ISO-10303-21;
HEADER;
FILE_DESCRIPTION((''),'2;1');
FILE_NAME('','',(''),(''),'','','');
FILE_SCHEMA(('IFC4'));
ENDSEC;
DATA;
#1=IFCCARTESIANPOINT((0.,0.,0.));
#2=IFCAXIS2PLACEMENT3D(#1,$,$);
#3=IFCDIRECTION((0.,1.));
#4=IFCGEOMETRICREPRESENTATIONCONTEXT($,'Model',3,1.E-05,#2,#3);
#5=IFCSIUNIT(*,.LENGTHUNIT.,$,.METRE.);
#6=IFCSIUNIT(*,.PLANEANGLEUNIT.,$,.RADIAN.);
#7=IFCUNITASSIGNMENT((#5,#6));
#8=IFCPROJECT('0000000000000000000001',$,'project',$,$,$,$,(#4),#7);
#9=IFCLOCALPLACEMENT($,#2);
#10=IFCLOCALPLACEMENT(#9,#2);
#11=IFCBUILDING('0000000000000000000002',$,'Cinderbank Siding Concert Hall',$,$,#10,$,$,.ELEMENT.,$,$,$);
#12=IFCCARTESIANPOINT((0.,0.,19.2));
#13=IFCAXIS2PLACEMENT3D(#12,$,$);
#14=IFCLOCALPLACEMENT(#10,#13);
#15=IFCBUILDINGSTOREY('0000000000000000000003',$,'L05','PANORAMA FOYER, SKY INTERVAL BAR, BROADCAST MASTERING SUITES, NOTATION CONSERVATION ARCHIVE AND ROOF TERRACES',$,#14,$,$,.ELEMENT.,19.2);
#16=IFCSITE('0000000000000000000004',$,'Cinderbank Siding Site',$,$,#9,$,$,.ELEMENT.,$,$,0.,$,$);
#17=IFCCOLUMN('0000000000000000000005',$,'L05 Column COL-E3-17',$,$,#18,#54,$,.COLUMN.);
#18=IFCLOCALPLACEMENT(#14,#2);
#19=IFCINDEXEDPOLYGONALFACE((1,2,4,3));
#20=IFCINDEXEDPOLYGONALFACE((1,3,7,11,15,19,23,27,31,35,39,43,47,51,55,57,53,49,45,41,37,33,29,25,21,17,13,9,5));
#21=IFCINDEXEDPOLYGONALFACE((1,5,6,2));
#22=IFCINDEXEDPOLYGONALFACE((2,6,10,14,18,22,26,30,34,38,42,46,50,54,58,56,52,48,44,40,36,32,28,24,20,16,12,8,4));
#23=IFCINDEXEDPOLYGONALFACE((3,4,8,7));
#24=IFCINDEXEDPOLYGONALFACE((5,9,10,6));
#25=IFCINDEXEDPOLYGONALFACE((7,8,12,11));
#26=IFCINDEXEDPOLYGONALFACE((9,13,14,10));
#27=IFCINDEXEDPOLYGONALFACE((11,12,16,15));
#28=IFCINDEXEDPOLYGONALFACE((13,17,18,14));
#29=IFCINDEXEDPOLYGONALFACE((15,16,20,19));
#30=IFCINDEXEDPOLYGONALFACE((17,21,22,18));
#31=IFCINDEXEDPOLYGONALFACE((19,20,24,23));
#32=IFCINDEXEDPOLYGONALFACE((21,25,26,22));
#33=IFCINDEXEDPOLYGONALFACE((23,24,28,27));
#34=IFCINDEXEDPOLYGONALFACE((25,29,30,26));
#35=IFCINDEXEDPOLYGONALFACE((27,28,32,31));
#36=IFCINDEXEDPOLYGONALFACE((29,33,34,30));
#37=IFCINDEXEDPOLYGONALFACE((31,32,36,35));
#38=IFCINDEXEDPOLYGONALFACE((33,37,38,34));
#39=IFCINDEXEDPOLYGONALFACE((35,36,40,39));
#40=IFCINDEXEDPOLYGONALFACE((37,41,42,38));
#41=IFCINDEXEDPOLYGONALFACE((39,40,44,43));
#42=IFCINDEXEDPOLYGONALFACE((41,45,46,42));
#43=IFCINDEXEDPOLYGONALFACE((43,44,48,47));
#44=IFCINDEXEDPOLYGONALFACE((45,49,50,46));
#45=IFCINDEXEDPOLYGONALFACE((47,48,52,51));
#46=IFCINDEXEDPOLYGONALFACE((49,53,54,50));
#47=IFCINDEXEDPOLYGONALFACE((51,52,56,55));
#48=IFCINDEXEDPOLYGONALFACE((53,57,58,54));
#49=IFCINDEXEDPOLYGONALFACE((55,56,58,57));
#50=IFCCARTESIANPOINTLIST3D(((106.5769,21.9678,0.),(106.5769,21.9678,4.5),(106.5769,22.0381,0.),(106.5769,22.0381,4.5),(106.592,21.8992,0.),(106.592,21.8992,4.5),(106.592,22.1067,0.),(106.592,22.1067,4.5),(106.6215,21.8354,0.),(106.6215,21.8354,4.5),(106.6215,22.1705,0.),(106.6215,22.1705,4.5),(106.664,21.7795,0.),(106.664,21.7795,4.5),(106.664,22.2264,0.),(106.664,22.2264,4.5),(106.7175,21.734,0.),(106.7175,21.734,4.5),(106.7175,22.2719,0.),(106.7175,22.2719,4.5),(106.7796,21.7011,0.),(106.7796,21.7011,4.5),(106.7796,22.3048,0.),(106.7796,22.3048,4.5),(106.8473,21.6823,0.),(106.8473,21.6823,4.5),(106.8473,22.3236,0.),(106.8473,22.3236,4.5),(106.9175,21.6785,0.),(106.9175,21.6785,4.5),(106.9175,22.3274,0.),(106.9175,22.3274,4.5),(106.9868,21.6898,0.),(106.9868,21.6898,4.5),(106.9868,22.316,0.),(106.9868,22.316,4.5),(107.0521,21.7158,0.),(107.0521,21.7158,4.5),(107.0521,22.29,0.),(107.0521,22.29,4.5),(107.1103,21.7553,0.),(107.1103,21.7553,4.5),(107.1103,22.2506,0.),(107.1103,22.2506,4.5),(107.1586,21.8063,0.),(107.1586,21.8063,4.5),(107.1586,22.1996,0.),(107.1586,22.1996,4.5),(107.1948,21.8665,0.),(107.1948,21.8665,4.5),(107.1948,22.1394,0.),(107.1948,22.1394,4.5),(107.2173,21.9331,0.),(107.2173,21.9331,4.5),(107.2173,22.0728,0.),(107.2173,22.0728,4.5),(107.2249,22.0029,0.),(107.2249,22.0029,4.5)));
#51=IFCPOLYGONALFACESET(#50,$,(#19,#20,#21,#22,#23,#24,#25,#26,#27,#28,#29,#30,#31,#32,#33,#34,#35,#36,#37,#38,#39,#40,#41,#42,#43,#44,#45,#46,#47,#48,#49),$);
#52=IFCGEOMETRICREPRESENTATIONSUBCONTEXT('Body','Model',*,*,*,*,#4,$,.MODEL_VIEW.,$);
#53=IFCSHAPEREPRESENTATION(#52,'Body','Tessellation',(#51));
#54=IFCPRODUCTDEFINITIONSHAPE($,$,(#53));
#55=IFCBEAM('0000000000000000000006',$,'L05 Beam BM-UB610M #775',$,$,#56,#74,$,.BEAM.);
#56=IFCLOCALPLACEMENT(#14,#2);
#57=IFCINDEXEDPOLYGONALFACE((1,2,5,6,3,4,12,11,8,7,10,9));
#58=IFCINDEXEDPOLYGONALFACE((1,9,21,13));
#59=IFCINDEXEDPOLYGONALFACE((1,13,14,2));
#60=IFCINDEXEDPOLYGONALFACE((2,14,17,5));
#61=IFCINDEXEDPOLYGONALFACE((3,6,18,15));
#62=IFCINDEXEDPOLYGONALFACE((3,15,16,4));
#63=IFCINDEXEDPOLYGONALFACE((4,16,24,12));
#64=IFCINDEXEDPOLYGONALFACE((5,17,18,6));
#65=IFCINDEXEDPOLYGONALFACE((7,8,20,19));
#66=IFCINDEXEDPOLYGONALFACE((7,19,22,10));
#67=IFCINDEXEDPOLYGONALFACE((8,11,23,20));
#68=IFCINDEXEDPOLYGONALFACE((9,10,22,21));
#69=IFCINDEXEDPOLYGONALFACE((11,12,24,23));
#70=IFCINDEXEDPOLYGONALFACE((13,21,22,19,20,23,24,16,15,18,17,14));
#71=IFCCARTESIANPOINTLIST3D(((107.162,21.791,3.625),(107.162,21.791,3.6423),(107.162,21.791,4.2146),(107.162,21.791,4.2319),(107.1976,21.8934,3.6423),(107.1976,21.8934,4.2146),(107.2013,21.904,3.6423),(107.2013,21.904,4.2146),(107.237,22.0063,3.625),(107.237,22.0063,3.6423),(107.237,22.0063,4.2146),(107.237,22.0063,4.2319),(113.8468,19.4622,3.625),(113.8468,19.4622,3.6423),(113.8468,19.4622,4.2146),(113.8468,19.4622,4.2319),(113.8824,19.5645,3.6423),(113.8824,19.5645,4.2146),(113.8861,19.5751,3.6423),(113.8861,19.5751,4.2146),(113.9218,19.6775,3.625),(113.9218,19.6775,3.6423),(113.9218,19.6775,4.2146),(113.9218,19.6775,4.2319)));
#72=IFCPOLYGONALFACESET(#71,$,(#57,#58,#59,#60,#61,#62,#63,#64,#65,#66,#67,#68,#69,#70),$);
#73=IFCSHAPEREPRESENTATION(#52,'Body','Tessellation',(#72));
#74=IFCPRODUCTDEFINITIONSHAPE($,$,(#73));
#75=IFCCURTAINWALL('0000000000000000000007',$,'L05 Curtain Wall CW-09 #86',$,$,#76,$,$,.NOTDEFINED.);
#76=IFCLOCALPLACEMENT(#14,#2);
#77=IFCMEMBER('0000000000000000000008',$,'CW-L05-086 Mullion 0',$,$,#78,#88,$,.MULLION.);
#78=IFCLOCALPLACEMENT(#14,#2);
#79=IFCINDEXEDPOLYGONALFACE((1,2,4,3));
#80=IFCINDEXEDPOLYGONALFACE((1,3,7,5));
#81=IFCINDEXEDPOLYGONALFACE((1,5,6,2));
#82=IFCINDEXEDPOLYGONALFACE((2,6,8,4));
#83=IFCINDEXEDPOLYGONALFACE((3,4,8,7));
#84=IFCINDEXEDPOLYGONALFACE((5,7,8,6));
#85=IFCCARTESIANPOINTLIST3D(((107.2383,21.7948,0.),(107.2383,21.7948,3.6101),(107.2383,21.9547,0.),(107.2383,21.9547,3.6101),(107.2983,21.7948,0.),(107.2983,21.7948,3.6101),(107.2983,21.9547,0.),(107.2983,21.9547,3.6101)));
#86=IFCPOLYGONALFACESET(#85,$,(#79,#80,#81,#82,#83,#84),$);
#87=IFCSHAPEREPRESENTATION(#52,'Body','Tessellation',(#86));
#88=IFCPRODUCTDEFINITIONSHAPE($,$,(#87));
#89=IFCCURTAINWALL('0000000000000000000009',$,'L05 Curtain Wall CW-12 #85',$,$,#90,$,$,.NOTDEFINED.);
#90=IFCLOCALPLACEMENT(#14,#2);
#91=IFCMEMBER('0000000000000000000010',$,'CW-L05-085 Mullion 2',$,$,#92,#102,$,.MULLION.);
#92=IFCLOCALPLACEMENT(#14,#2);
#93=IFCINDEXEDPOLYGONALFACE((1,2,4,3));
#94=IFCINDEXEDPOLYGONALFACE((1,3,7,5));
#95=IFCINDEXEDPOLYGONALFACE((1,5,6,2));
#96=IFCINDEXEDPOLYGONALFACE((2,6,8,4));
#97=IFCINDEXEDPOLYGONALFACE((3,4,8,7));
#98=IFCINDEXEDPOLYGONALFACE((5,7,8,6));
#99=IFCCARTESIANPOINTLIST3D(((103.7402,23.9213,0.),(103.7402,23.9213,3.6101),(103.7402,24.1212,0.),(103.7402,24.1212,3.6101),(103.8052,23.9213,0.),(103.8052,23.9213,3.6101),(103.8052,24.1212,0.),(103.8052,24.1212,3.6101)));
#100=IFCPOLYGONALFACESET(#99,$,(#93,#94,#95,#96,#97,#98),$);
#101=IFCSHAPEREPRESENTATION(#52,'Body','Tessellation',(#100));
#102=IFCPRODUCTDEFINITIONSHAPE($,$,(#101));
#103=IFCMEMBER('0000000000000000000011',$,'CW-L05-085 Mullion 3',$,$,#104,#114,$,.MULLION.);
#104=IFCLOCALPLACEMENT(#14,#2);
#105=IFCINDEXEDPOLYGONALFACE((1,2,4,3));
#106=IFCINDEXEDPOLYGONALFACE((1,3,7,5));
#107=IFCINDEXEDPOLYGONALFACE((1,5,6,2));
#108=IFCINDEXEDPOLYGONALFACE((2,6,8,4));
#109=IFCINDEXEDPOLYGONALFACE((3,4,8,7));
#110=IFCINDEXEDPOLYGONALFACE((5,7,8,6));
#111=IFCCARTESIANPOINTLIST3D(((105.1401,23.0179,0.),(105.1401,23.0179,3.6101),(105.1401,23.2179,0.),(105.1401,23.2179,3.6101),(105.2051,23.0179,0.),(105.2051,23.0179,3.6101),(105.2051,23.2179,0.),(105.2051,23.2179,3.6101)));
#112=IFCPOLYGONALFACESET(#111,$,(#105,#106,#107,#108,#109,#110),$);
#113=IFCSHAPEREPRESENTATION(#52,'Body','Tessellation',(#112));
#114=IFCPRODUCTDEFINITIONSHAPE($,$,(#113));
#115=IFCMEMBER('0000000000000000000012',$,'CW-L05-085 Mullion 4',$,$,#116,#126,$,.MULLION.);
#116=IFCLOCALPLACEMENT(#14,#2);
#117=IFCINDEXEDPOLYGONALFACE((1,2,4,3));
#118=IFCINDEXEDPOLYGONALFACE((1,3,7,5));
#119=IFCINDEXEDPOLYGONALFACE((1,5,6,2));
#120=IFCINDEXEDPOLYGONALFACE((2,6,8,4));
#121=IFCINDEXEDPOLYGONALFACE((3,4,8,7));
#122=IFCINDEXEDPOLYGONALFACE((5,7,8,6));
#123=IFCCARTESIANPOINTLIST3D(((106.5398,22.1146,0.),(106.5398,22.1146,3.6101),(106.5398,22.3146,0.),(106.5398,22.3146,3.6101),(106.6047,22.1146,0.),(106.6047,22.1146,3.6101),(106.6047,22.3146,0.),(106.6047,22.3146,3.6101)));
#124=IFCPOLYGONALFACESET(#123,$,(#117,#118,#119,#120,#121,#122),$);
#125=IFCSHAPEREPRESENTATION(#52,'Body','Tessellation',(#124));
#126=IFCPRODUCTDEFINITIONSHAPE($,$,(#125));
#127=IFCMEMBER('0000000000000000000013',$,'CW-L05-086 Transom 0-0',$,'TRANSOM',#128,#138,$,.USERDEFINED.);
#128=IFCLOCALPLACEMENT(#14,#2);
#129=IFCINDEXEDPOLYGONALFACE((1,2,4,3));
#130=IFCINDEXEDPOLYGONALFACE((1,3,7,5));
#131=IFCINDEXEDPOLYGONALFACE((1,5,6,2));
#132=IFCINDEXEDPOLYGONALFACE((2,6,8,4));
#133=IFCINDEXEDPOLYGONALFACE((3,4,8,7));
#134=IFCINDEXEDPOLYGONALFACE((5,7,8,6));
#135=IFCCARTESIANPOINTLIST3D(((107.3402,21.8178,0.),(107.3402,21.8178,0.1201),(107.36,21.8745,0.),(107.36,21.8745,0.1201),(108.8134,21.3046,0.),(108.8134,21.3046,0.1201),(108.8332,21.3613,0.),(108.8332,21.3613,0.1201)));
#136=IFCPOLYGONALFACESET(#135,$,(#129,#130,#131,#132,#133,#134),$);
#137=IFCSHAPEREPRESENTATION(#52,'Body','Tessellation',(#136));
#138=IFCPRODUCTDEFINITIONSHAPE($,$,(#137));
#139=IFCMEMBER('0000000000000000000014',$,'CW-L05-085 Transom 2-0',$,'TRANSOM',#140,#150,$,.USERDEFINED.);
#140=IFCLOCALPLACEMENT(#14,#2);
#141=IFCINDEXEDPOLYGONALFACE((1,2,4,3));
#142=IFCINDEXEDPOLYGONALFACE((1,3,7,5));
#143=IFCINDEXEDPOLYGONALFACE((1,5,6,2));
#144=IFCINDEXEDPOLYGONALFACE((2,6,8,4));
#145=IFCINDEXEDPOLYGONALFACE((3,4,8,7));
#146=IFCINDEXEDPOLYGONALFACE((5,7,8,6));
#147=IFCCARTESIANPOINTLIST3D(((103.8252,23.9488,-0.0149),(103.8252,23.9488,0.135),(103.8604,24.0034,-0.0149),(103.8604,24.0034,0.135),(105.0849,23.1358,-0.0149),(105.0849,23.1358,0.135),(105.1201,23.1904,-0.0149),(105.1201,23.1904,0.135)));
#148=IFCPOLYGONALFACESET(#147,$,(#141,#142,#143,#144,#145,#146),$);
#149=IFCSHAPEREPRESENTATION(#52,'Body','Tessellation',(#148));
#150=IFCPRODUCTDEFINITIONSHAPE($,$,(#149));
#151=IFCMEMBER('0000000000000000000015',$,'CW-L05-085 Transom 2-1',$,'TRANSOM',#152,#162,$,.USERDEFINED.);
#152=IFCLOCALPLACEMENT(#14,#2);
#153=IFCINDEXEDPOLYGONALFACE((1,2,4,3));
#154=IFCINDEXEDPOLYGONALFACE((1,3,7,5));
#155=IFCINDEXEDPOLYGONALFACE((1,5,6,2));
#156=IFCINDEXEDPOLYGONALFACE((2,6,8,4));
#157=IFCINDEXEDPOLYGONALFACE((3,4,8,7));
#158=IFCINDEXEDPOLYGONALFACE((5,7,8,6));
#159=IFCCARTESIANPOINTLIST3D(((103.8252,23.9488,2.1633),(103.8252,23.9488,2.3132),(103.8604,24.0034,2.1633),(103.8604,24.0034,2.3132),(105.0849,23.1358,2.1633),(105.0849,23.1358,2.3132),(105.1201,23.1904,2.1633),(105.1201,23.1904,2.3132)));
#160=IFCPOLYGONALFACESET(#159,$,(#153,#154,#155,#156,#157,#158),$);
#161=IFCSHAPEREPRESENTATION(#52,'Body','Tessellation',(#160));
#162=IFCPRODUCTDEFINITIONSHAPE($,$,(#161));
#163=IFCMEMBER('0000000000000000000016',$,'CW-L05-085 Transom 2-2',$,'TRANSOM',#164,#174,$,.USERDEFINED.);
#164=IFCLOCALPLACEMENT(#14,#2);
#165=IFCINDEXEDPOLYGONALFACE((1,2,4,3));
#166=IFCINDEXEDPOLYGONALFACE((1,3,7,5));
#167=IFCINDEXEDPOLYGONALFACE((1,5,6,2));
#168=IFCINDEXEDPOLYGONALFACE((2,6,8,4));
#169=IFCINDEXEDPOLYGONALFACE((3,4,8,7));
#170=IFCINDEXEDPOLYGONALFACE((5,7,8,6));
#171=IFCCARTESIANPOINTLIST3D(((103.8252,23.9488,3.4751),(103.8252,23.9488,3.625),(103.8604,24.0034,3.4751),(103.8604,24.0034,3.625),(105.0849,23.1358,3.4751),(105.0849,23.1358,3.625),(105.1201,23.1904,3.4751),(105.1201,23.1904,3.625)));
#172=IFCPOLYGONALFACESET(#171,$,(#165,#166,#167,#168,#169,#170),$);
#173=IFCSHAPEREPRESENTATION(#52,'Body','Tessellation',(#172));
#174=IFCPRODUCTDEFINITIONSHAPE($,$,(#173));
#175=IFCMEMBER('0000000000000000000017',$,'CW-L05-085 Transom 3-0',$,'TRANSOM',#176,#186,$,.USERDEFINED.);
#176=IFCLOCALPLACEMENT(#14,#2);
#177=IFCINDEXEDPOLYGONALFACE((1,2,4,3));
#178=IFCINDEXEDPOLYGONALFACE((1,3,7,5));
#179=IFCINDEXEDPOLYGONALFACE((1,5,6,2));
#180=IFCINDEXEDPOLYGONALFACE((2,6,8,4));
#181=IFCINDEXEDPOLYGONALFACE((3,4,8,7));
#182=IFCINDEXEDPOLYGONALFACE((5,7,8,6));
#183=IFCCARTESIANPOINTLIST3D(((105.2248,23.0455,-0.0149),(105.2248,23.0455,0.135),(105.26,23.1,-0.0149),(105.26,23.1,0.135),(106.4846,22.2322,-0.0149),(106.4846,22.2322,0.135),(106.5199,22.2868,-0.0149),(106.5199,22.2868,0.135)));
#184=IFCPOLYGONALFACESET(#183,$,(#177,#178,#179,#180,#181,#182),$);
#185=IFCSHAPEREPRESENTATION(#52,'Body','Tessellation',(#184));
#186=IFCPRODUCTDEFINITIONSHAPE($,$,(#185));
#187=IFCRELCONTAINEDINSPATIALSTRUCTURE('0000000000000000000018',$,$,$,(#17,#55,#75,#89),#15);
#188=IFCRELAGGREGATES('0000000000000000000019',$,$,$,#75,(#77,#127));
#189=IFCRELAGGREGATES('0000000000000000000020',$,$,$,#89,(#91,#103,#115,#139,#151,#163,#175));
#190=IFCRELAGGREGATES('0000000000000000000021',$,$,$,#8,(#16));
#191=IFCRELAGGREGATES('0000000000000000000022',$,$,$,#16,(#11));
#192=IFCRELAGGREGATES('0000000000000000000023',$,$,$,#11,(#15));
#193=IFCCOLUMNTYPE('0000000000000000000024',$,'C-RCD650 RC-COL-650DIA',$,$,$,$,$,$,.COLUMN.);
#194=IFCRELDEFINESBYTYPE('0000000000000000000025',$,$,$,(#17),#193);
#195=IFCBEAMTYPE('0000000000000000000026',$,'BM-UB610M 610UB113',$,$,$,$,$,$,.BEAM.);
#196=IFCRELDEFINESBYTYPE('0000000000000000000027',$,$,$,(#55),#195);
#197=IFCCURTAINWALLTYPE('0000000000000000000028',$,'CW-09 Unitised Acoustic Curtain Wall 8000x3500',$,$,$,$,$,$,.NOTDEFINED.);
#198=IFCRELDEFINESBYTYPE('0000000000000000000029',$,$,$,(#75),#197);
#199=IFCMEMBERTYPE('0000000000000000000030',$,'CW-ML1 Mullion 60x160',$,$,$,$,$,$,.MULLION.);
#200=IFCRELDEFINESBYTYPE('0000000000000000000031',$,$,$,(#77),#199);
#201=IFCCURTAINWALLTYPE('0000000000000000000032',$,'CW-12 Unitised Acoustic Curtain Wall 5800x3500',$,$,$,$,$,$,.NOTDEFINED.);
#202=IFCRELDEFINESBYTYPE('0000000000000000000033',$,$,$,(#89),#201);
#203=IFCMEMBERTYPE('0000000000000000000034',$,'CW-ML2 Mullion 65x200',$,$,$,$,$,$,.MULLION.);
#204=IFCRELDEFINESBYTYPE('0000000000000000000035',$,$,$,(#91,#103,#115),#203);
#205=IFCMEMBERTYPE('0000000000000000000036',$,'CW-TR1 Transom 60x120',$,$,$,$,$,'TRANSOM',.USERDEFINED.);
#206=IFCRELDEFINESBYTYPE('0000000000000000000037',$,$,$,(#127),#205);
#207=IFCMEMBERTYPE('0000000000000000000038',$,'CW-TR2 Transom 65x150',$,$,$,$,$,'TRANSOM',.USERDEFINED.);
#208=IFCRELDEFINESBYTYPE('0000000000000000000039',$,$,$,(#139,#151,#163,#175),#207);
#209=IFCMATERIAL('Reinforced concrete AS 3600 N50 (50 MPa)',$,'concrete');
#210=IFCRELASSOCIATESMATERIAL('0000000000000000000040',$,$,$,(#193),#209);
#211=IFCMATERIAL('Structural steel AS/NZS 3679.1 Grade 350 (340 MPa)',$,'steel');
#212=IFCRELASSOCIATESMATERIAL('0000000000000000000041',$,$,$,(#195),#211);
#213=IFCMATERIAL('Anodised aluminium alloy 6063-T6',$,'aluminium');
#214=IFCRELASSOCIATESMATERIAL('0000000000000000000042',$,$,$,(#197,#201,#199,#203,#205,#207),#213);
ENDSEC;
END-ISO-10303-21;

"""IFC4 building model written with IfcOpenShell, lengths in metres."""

from ifc_helpers import new_model, si_unit, direction, frame, origin, origin_2d, place, context, subcontext, project, spatial, rectangle, circle, i_section, extrude, material, material_profile, profile_set, type_object, element, aggregate, save


model = new_model("IFC4")

# Units and contexts
model_context = context("Model", 3, precision=1e-05, world=origin(), true_north=direction((0.0, 1.0)))
body_context = subcontext(model_context, "Body", "Model", "MODEL_VIEW")
ifc_project = project(units=[si_unit("LENGTHUNIT", "METRE"), si_unit("PLANEANGLEUNIT", "RADIAN")], contexts=[model_context])

# Site, building, storey
site_placement = place(None, origin())
site = spatial("IfcSite", under=ifc_project, at=site_placement, Name="Cinderbank Siding Site", CompositionType="ELEMENT", RefElevation=0.0)
building_placement = place(site_placement, origin())
building = spatial("IfcBuilding", under=site, at=building_placement, Name="Cinderbank Siding Concert Hall", CompositionType="ELEMENT")
storey_placement = place(building_placement, frame((0.0, 0.0, 19.2)))
storey = spatial("IfcBuildingStorey", under=building, at=storey_placement, Name="L05", Description="PANORAMA FOYER, SKY INTERVAL BAR, BROADCAST MASTERING SUITES, NOTATION CONSERVATION ARCHIVE AND ROOF TERRACES", CompositionType="ELEMENT", Elevation=19.2)

# Column
ifc_material_1 = material(Name="Reinforced concrete AS 3600 N50 (50 MPa)", Category="concrete")
ifc_material_profile_1 = material_profile(ifc_material_1, circle(Radius=0.325, at=origin_2d()), Name="RC-COL-650DIA", Category="LoadBearing")
ifc_profile_set_1 = profile_set([ifc_material_profile_1], Name="Reinforced concrete AS 3600 N50 (50 MPa)")
column_type = type_object("IfcColumnType", Name="C-RCD650 RC-COL-650DIA", PredefinedType="COLUMN", material=ifc_profile_set_1)
column_placement = place(storey_placement, frame((106.8999, 22.0029, 0.0), z_axis=(0.0, 0.0, 1.0), x_axis=(1.0, 0.0, 0.0)))
element("IfcColumn", 1, at=column_placement, inside=storey, type_object=column_type, Name="L05 Column COL-E3-17", PredefinedType="COLUMN", context=body_context, shape_type="SweptSolid", body=[
    extrude(circle(Radius=0.325, at=origin_2d()), origin(), (0.0, 0.0, 1.0), 4.5),
])

# Beam
ifc_material_2 = material(Name="Structural steel AS/NZS 3679.1 Grade 350 (340 MPa)", Category="steel")
ifc_material_profile_2 = material_profile(ifc_material_2, i_section(OverallWidth=0.228, OverallDepth=0.6069, WebThickness=0.0112, FlangeThickness=0.0173, at=origin_2d()), Name="610UB113", Category="LoadBearing")
ifc_profile_set_2 = profile_set([ifc_material_profile_2], Name="Structural steel AS/NZS 3679.1 Grade 350 (340 MPa)")
beam_type = type_object("IfcBeamType", Name="BM-UB610M 610UB113", PredefinedType="BEAM", material=ifc_profile_set_2)
beam_placement = place(storey_placement, frame((107.1995, 21.8987, 3.9285), z_axis=(0.944334, -0.328987, 0.0), x_axis=(0.328987, 0.944334, 0.0)))
element("IfcBeam", 2, at=beam_placement, inside=storey, type_object=beam_type, Name="L05 Beam BM-UB610M #775", PredefinedType="BEAM", context=body_context, shape_type="SweptSolid", body=[
    extrude(i_section(OverallWidth=0.228, OverallDepth=0.6069, WebThickness=0.0112, FlangeThickness=0.0173, at=origin_2d()), origin(), (0.0, 0.0, 1.0), 7.0789),
])

# Curtain wall, member
ifc_material_3 = material(Name="Anodised aluminium alloy 6063-T6", Category="aluminium")
curtain_wall_type_1 = type_object("IfcCurtainWallType", Name="CW-09 Unitised Acoustic Curtain Wall 8000x3500", PredefinedType="NOTDEFINED", material=ifc_material_3)
curtain_wall_1_placement = place(storey_placement, origin())
curtain_wall_1 = element("IfcCurtainWall", 3, at=curtain_wall_1_placement, inside=storey, type_object=curtain_wall_type_1, Name="L05 Curtain Wall CW-09 #86", PredefinedType="NOTDEFINED")
ifc_material_profile_3 = material_profile(ifc_material_3, rectangle(XDim=0.0601, YDim=0.1599, at=origin_2d()), Name="ALU-MULL-60x160", Category="LoadBearing")
ifc_profile_set_3 = profile_set([ifc_material_profile_3], Name="Anodised aluminium alloy 6063-T6")
member_type_1 = type_object("IfcMemberType", Name="CW-ML1 Mullion 60x160", PredefinedType="MULLION", material=ifc_profile_set_3)
member_1_placement = place(storey_placement, frame((107.2683, 21.8748, 0.0), z_axis=(0.0, 0.0, 1.0), x_axis=(1.0, 0.0, 0.0)))
member_1 = element("IfcMember", 4, at=member_1_placement, type_object=member_type_1, Name="CW-L05-086 Mullion 0", PredefinedType="MULLION", context=body_context, shape_type="SweptSolid", body=[
    extrude(rectangle(XDim=0.0601, YDim=0.1599, at=origin_2d()), origin(), (0.0, 0.0, 1.0), 3.6101),
])

# Curtain wall, members
curtain_wall_type_2 = type_object("IfcCurtainWallType", Name="CW-12 Unitised Acoustic Curtain Wall 5800x3500", PredefinedType="NOTDEFINED", material=ifc_material_3)
curtain_wall_2_placement = place(storey_placement, origin())
curtain_wall_2 = element("IfcCurtainWall", 5, at=curtain_wall_2_placement, inside=storey, type_object=curtain_wall_type_2, Name="L05 Curtain Wall CW-12 #85", PredefinedType="NOTDEFINED")
ifc_material_profile_4 = material_profile(ifc_material_3, rectangle(XDim=0.0649, YDim=0.2, at=origin_2d()), Name="ALU-MULL-65x200", Category="LoadBearing")
ifc_profile_set_4 = profile_set([ifc_material_profile_4], Name="Anodised aluminium alloy 6063-T6")
member_type_2 = type_object("IfcMemberType", Name="CW-ML2 Mullion 65x200", PredefinedType="MULLION", material=ifc_profile_set_4)
member_2_placement = place(storey_placement, frame((103.7727, 24.0212, 0.0), z_axis=(0.0, 0.0, 1.0), x_axis=(1.0, 0.0, 0.0)))
member_2 = element("IfcMember", 6, at=member_2_placement, type_object=member_type_2, Name="CW-L05-085 Mullion 2", PredefinedType="MULLION", context=body_context, shape_type="SweptSolid", body=[
    extrude(rectangle(XDim=0.0649, YDim=0.2, at=origin_2d()), origin(), (0.0, 0.0, 1.0), 3.6101),
])
member_3_placement = place(storey_placement, frame((105.1726, 23.1179, 0.0), z_axis=(0.0, 0.0, 1.0), x_axis=(1.0, 0.0, 0.0)))
member_3 = element("IfcMember", 7, at=member_3_placement, type_object=member_type_2, Name="CW-L05-085 Mullion 3", PredefinedType="MULLION", context=body_context, shape_type="SweptSolid", body=[
    extrude(rectangle(XDim=0.0649, YDim=0.2, at=origin_2d()), origin(), (0.0, 0.0, 1.0), 3.6101),
])
member_4_placement = place(storey_placement, frame((106.5723, 22.2146, 0.0), z_axis=(0.0, 0.0, 1.0), x_axis=(1.0, 0.0, 0.0)))
member_4 = element("IfcMember", 8, at=member_4_placement, type_object=member_type_2, Name="CW-L05-085 Mullion 4", PredefinedType="MULLION", context=body_context, shape_type="SweptSolid", body=[
    extrude(rectangle(XDim=0.0649, YDim=0.2, at=origin_2d()), origin(), (0.0, 0.0, 1.0), 3.6101),
])

# Members
ifc_material_profile_5 = material_profile(ifc_material_3, rectangle(XDim=0.0601, YDim=0.1201, at=origin_2d()), Name="ALU-TRAN-60x120", Category="LoadBearing")
ifc_profile_set_5 = profile_set([ifc_material_profile_5], Name="Anodised aluminium alloy 6063-T6")
member_type_3 = type_object("IfcMemberType", Name="CW-TR1 Transom 60x120", ElementType="TRANSOM", PredefinedType="USERDEFINED", material=ifc_profile_set_5)
member_5_placement = place(storey_placement, frame((107.3501, 21.8462, 0.0601), z_axis=(0.94434, -0.32897, 0.0), x_axis=(0.32897, 0.94434, 0.0)))
member_5 = element("IfcMember", 9, at=member_5_placement, type_object=member_type_3, Name="CW-L05-086 Transom 0-0", ObjectType="TRANSOM", PredefinedType="USERDEFINED", context=body_context, shape_type="SweptSolid", body=[
    extrude(rectangle(XDim=0.0601, YDim=0.1201, at=origin_2d()), origin(), (0.0, 0.0, 1.0), 1.5601),
])
aggregate(curtain_wall_1, [member_1, member_5])
ifc_material_profile_6 = material_profile(ifc_material_3, rectangle(XDim=0.0649, YDim=0.1499, at=origin_2d()), Name="ALU-TRAN-65x150", Category="LoadBearing")
ifc_profile_set_6 = profile_set([ifc_material_profile_6], Name="Anodised aluminium alloy 6063-T6")
member_type_4 = type_object("IfcMemberType", Name="CW-TR2 Transom 65x150", ElementType="TRANSOM", PredefinedType="USERDEFINED", material=ifc_profile_set_6)
member_6_placement = place(storey_placement, frame((103.8428, 23.9761, 0.0601), z_axis=(0.840225, -0.542238, 0.0), x_axis=(0.542238, 0.840225, 0.0)))
member_6 = element("IfcMember", 10, at=member_6_placement, type_object=member_type_4, Name="CW-L05-085 Transom 2-0", ObjectType="TRANSOM", PredefinedType="USERDEFINED", context=body_context, shape_type="SweptSolid", body=[
    extrude(rectangle(XDim=0.0649, YDim=0.1499, at=origin_2d()), origin(), (0.0, 0.0, 1.0), 1.4993),
])
member_7_placement = place(storey_placement, frame((103.8428, 23.9761, 2.2383), z_axis=(0.840225, -0.542238, 0.0), x_axis=(0.542238, 0.840225, 0.0)))
member_7 = element("IfcMember", 11, at=member_7_placement, type_object=member_type_4, Name="CW-L05-085 Transom 2-1", ObjectType="TRANSOM", PredefinedType="USERDEFINED", context=body_context, shape_type="SweptSolid", body=[
    extrude(rectangle(XDim=0.0649, YDim=0.1499, at=origin_2d()), origin(), (0.0, 0.0, 1.0), 1.4993),
])
member_8_placement = place(storey_placement, frame((103.8428, 23.9761, 3.55), z_axis=(0.840225, -0.542238, 0.0), x_axis=(0.542238, 0.840225, 0.0)))
member_8 = element("IfcMember", 12, at=member_8_placement, type_object=member_type_4, Name="CW-L05-085 Transom 2-2", ObjectType="TRANSOM", PredefinedType="USERDEFINED", context=body_context, shape_type="SweptSolid", body=[
    extrude(rectangle(XDim=0.0649, YDim=0.1499, at=origin_2d()), origin(), (0.0, 0.0, 1.0), 1.4993),
])
member_9_placement = place(storey_placement, frame((105.2424, 23.0728, 0.0601), z_axis=(0.840151, -0.542353, 0.0), x_axis=(0.542353, 0.840151, 0.0)))
member_9 = element("IfcMember", 13, at=member_9_placement, type_object=member_type_4, Name="CW-L05-085 Transom 3-0", ObjectType="TRANSOM", PredefinedType="USERDEFINED", context=body_context, shape_type="SweptSolid", body=[
    extrude(rectangle(XDim=0.0649, YDim=0.1499, at=origin_2d()), origin(), (0.0, 0.0, 1.0), 1.4995),
])

aggregate(curtain_wall_2, [member_2, member_3, member_4, member_6, member_7, member_8, member_9])

save(model, "model.ifc")
